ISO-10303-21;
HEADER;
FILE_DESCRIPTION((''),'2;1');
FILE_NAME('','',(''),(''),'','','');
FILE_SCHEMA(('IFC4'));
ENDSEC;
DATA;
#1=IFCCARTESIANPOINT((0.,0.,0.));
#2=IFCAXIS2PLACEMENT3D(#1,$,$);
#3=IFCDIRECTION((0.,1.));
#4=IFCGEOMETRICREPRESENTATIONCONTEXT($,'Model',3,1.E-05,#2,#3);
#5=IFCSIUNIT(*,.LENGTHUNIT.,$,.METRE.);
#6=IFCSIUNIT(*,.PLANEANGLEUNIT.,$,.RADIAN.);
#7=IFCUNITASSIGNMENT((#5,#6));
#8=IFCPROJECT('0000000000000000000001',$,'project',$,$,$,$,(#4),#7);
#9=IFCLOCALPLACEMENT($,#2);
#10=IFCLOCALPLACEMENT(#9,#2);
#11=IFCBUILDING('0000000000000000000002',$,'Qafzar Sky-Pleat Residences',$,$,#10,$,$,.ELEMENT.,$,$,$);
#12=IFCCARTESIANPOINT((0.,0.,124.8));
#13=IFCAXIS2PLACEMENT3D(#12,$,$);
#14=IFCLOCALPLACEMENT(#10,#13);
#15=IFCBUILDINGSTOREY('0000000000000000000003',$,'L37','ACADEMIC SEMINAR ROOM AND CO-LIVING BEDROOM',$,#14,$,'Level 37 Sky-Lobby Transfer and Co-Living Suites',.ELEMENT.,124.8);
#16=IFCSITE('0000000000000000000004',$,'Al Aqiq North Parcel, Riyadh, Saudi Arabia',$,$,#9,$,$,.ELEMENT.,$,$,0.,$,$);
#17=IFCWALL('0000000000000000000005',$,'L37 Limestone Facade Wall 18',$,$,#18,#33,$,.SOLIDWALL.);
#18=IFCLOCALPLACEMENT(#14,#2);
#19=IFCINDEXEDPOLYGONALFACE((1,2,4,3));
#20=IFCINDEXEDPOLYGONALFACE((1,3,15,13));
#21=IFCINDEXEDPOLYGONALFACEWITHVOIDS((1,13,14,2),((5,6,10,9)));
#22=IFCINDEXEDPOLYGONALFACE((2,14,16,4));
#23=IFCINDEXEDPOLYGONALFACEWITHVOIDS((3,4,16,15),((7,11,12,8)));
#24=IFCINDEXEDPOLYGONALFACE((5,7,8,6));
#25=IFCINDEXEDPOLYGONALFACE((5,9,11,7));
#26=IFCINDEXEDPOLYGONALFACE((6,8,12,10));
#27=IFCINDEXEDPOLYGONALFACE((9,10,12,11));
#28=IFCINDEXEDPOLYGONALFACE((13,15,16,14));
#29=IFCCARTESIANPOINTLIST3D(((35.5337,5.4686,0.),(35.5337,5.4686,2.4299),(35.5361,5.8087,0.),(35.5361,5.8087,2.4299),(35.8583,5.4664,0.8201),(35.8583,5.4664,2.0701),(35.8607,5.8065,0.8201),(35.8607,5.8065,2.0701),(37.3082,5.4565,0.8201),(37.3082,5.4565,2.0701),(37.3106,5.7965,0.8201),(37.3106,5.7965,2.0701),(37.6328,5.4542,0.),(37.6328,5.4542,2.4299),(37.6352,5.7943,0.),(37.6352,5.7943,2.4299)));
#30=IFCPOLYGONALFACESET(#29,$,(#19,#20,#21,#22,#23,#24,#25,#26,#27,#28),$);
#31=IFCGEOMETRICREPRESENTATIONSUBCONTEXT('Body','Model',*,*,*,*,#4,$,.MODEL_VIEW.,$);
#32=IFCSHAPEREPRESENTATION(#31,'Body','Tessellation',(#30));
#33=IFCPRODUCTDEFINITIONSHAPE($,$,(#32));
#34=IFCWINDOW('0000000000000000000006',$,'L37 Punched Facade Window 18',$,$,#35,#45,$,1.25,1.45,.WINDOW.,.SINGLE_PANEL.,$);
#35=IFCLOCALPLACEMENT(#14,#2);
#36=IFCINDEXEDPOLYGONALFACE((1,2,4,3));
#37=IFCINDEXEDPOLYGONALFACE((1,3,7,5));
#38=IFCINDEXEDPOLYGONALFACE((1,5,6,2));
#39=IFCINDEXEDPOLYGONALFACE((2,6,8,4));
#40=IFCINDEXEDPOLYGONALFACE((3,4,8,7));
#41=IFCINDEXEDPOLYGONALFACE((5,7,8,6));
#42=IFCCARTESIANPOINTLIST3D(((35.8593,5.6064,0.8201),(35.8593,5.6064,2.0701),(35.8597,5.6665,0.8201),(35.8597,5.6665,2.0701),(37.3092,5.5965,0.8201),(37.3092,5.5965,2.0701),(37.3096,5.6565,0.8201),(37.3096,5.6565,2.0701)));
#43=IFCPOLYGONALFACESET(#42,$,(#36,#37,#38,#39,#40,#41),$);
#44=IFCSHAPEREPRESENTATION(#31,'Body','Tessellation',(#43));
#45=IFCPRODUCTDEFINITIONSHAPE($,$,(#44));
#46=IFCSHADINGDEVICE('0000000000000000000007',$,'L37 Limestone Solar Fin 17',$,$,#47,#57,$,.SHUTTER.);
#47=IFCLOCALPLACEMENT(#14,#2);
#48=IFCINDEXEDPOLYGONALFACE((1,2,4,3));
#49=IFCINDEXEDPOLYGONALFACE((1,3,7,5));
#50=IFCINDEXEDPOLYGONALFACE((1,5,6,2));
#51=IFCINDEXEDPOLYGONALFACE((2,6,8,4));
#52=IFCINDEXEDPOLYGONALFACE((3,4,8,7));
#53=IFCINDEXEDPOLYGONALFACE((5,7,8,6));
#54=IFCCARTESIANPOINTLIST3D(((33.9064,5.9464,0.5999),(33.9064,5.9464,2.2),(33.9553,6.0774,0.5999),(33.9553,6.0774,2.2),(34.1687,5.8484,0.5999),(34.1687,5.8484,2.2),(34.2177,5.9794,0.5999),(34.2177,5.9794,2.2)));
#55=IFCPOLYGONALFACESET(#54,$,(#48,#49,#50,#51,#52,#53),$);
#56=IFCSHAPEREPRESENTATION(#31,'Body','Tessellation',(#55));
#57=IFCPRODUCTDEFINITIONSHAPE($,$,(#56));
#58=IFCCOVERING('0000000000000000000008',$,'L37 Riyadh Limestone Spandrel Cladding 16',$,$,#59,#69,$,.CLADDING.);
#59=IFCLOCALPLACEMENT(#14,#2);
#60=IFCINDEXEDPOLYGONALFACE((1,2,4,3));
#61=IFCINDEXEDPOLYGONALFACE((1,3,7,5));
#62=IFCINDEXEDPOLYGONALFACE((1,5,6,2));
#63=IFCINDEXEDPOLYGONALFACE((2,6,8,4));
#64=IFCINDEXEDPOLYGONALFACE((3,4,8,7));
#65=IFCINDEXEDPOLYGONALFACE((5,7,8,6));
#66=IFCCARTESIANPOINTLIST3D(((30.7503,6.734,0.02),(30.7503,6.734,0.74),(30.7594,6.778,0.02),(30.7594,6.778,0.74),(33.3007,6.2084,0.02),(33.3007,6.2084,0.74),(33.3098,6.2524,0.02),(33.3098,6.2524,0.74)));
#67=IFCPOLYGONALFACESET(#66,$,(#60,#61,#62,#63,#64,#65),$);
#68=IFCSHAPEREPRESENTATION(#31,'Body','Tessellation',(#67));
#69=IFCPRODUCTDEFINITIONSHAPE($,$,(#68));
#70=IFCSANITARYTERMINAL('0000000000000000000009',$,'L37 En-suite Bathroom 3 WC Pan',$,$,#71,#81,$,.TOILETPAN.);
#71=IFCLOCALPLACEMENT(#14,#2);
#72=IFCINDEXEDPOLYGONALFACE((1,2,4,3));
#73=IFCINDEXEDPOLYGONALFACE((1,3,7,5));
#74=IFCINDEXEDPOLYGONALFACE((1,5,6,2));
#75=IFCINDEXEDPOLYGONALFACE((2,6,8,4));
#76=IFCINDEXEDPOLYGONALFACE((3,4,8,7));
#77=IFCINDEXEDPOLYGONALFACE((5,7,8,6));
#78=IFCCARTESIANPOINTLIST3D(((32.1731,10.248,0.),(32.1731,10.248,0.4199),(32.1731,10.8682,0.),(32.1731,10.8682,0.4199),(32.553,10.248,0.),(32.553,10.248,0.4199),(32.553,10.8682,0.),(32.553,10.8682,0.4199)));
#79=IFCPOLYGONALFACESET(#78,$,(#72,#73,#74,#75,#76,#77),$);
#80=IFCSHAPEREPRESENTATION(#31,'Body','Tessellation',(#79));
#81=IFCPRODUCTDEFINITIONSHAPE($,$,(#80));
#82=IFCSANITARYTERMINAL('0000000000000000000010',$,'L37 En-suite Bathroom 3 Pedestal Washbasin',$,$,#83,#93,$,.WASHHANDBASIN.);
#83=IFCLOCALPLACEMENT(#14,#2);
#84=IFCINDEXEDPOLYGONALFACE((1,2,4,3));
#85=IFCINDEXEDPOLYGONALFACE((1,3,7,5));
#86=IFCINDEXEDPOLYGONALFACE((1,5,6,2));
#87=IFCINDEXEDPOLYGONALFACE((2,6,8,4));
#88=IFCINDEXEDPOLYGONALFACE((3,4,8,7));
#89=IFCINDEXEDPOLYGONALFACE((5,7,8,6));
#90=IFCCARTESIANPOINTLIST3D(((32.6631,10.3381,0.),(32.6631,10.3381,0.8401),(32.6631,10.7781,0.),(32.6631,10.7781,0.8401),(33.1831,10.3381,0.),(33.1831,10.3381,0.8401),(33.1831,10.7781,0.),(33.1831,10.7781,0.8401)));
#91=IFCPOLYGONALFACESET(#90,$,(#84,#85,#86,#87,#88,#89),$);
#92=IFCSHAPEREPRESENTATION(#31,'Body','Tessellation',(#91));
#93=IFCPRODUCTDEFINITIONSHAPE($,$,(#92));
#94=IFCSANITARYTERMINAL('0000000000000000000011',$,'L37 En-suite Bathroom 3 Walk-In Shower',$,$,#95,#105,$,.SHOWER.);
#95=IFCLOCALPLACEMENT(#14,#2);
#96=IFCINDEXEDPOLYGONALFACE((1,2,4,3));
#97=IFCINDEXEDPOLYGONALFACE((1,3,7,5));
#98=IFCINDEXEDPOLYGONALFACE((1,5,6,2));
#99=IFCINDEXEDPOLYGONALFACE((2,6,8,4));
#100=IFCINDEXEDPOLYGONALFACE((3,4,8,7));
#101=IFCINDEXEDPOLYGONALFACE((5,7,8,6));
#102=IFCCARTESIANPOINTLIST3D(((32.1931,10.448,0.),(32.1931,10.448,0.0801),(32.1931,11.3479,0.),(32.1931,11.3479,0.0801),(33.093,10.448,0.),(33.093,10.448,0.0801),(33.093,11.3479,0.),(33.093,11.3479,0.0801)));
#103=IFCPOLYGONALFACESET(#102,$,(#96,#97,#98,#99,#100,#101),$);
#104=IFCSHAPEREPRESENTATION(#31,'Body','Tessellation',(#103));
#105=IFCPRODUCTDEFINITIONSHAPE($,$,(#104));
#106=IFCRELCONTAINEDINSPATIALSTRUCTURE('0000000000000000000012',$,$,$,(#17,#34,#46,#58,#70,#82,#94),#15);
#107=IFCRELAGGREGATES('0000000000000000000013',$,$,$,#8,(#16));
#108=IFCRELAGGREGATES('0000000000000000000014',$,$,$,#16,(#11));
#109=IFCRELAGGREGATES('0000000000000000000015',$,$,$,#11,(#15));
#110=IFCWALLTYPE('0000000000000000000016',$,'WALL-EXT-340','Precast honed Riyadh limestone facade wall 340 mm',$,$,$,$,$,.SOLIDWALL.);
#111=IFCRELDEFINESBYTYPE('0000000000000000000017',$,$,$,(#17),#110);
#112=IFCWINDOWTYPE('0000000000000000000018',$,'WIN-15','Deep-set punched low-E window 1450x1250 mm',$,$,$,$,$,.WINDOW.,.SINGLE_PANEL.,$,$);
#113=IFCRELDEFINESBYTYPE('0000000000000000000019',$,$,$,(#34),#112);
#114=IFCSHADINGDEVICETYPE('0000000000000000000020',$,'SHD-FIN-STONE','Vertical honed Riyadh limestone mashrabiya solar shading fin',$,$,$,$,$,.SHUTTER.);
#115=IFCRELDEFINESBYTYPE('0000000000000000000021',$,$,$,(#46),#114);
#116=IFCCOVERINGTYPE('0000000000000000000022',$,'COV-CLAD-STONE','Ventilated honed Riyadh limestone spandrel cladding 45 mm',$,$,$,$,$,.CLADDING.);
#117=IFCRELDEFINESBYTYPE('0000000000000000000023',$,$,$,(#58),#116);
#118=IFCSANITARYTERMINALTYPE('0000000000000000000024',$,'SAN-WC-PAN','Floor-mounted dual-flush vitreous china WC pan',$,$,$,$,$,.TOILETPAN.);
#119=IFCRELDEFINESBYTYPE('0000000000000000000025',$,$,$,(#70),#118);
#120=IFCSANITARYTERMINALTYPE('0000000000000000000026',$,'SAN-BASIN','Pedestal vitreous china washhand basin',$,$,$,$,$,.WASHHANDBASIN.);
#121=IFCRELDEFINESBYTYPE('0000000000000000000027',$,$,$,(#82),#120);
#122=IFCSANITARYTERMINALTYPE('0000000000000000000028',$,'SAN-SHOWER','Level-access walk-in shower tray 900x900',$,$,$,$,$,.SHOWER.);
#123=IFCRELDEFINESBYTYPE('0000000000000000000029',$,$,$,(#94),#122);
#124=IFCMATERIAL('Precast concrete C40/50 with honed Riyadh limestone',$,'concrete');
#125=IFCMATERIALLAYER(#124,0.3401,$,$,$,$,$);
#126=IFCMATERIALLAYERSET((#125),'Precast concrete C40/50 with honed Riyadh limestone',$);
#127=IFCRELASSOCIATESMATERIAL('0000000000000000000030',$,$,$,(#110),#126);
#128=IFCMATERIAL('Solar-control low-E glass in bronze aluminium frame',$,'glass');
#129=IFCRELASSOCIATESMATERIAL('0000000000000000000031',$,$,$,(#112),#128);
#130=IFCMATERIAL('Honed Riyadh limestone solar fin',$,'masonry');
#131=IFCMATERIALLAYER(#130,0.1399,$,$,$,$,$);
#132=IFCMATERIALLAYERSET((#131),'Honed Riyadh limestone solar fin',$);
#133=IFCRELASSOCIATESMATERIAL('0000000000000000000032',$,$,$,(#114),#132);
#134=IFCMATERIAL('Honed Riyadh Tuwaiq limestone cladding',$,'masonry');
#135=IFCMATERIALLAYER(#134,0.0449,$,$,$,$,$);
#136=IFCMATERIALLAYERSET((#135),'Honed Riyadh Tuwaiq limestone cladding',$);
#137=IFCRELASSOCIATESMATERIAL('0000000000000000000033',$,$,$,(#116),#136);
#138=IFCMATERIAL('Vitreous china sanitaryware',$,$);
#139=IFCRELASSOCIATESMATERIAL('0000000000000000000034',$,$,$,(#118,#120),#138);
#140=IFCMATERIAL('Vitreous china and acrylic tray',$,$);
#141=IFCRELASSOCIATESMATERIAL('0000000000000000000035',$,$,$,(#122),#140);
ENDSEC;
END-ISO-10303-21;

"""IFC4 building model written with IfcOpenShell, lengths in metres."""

from ifc_helpers import new_model, si_unit, direction, frame, frame_2d, origin, origin_2d, place, context, subcontext, project, spatial, rectangle, extrude, source, transform, mapped, material, layer, layer_set, type_object, element, fill, save


model = new_model("IFC4")

# Units and contexts
model_context = context("Model", 3, precision=1e-05, world=origin(), true_north=direction((0.0, 1.0)))
body_context = subcontext(model_context, "Body", "Model", "MODEL_VIEW")
ifc_project = project(units=[si_unit("LENGTHUNIT", "METRE"), si_unit("PLANEANGLEUNIT", "RADIAN")], contexts=[model_context])

# Site, building, storey
site_placement = place(None, origin())
site = spatial("IfcSite", under=ifc_project, at=site_placement, Name="Al Aqiq North Parcel, Riyadh, Saudi Arabia", CompositionType="ELEMENT", RefElevation=0.0)
building_placement = place(site_placement, origin())
building = spatial("IfcBuilding", under=site, at=building_placement, Name="Qafzar Sky-Pleat Residences", CompositionType="ELEMENT")
storey_placement = place(building_placement, frame((0.0, 0.0, 124.8)))
storey = spatial("IfcBuildingStorey", under=building, at=storey_placement, Name="L37", Description="ACADEMIC SEMINAR ROOM AND CO-LIVING BEDROOM", LongName="Level 37 Sky-Lobby Transfer and Co-Living Suites", CompositionType="ELEMENT", Elevation=124.8)

# Shared definitions
ifc_material_1 = material(Name="Precast concrete C40/50 with honed Riyadh limestone", Category="concrete")
ifc_layer_1 = layer(ifc_material_1, 0.3401)
ifc_layer_set_1 = layer_set([ifc_layer_1], Name="Precast concrete C40/50 with honed Riyadh limestone")
wall_type_1 = type_object("IfcWallType", Name="WALL-EXT-340", Description="Precast honed Riyadh limestone facade wall 340 mm", PredefinedType="SOLIDWALL", material=ifc_layer_set_1)
ifc_material_2 = material(Name="Solar-control low-E glass in bronze aluminium frame", Category="glass")

# Wall, opening, window
wall_1_placement = place(storey_placement, frame((35.5349, 5.6387, 0.0), z_axis=(0.0, 0.0, 1.0), x_axis=(0.999976, -0.006862, 0.0)))
wall_1 = element("IfcWall", 1, at=wall_1_placement, inside=storey, type_object=wall_type_1, Name="L37 Limestone Facade Wall 18", PredefinedType="SOLIDWALL", context=body_context, shape_type="SweptSolid", body=[
    extrude(rectangle(XDim=2.0991, YDim=0.3401, at=frame_2d((1.0496, 0.0))), origin(), (0.0, 0.0, 1.0), 2.4299),
])
opening_1_placement = place(wall_1_placement, frame((0.3245, 0.0, 0.8201)))
opening_1 = element("IfcOpeningElement", 2, at=opening_1_placement, cuts=wall_1, PredefinedType="OPENING", context=body_context, shape_type="SweptSolid", body=[
    extrude(rectangle(XDim=1.45, YDim=1.25, at=frame_2d((0.7251, 0.625))), frame((0.0, 0.1802, 0.0), z_axis=(0.0, -1.0, 0.0), x_axis=(1.0, 0.0, 0.0)), (0.0, 0.0, 1.0), 0.3601),
])
window_type_1 = type_object("IfcWindowType", Name="WIN-15", Description="Deep-set punched low-E window 1450x1250 mm", PartitioningType="SINGLE_PANEL", PredefinedType="WINDOW", material=ifc_material_2)
shared_shape_1 = source(origin(), body_context, "Body", "SweptSolid", [
    extrude(rectangle(XDim=1.45, YDim=1.25, at=frame_2d((0.7251, 0.625))), frame((0.0, 0.03, 0.0), z_axis=(0.0, -1.0, 0.0), x_axis=(1.0, 0.0, 0.0)), (0.0, 0.0, 1.0), 0.0601),
])
window_1_placement = place(opening_1_placement, origin())
window_1 = element("IfcWindow", 3, at=window_1_placement, inside=storey, type_object=window_type_1, Name="L37 Punched Facade Window 18", OverallHeight=1.25, OverallWidth=1.45, PartitioningType="SINGLE_PANEL", PredefinedType="WINDOW", context=body_context, shape_type="MappedRepresentation", body=[
    mapped(shared_shape_1, transform((0.0, 0.0, 0.0), x_axis=(1.0, 0.0, 0.0), y_axis=(0.0, 1.0, 0.0), z_axis=(0.0, 0.0, 1.0), scale=1.0)),
])
fill(opening_1, window_1)

# Shading device
ifc_material_3 = material(Name="Honed Riyadh limestone solar fin", Category="masonry")
ifc_layer_2 = layer(ifc_material_3, 0.1399)
ifc_layer_set_2 = layer_set([ifc_layer_2], Name="Honed Riyadh limestone solar fin")
shading_device_type = type_object("IfcShadingDeviceType", Name="SHD-FIN-STONE", Description="Vertical honed Riyadh limestone mashrabiya solar shading fin", PredefinedType="SHUTTER", material=ifc_layer_set_2)
shared_shape_2 = source(origin(), body_context, "Body", "SweptSolid", [
    extrude(rectangle(XDim=0.1399, YDim=0.28, at=origin_2d()), origin(), (0.0, 0.0, 1.0), 1.6001),
])
shading_device_placement = place(storey_placement, frame((34.062, 5.9629, 0.5999), z_axis=(0.0, 0.0, 1.0), x_axis=(-0.349926, -0.936777, 0.0)))
element("IfcShadingDevice", 4, at=shading_device_placement, inside=storey, type_object=shading_device_type, Name="L37 Limestone Solar Fin 17", PredefinedType="SHUTTER", context=body_context, shape_type="MappedRepresentation", body=[
    mapped(shared_shape_2, transform((0.0, 0.0, 0.0), x_axis=(1.0, 0.0, 0.0), y_axis=(0.0, 1.0, 0.0), z_axis=(0.0, 0.0, 1.0), scale=1.0)),
])

# Covering
ifc_material_4 = material(Name="Honed Riyadh Tuwaiq limestone cladding", Category="masonry")
ifc_layer_3 = layer(ifc_material_4, 0.0449)
ifc_layer_set_3 = layer_set([ifc_layer_3], Name="Honed Riyadh Tuwaiq limestone cladding")
covering_type = type_object("IfcCoveringType", Name="COV-CLAD-STONE", Description="Ventilated honed Riyadh limestone spandrel cladding 45 mm", PredefinedType="CLADDING", material=ifc_layer_set_3)
shared_shape_3 = source(origin(), body_context, "Body", "SweptSolid", [
    extrude(rectangle(XDim=2.604, YDim=0.0449, at=origin_2d()), origin(), (0.0, 0.0, 1.0), 0.72),
])
covering_placement = place(storey_placement, frame((32.03, 6.4932, 0.02), z_axis=(0.0, 0.0, 1.0), x_axis=(0.979418, -0.201842, 0.0)))
element("IfcCovering", 5, at=covering_placement, inside=storey, type_object=covering_type, Name="L37 Riyadh Limestone Spandrel Cladding 16", PredefinedType="CLADDING", context=body_context, shape_type="MappedRepresentation", body=[
    mapped(shared_shape_3, transform((0.0, 0.0, 0.0), x_axis=(1.0, 0.0, 0.0), y_axis=(0.0, 1.0, 0.0), z_axis=(0.0, 0.0, 1.0), scale=1.0)),
])

# Sanitary terminals
ifc_material_5 = material(Name="Vitreous china sanitaryware")
sanitary_terminal_type_1 = type_object("IfcSanitaryTerminalType", Name="SAN-WC-PAN", Description="Floor-mounted dual-flush vitreous china WC pan", PredefinedType="TOILETPAN", material=ifc_material_5)
shared_shape_4 = source(origin(), body_context, "Body", "SweptSolid", [
    extrude(rectangle(XDim=0.3799, YDim=0.6201, at=origin_2d()), origin(), (0.0, 0.0, 1.0), 0.4199),
])
sanitary_terminal_1_placement = place(storey_placement, frame((32.363, 10.5581, 0.0), z_axis=(0.0, 0.0, 1.0), x_axis=(1.0, 0.0, 0.0)))
element("IfcSanitaryTerminal", 6, at=sanitary_terminal_1_placement, inside=storey, type_object=sanitary_terminal_type_1, Name="L37 En-suite Bathroom 3 WC Pan", PredefinedType="TOILETPAN", context=body_context, shape_type="MappedRepresentation", body=[
    mapped(shared_shape_4, transform((0.0, 0.0, 0.0), x_axis=(1.0, 0.0, 0.0), y_axis=(0.0, 1.0, 0.0), z_axis=(0.0, 0.0, 1.0), scale=1.0)),
])
sanitary_terminal_type_2 = type_object("IfcSanitaryTerminalType", Name="SAN-BASIN", Description="Pedestal vitreous china washhand basin", PredefinedType="WASHHANDBASIN", material=ifc_material_5)
shared_shape_5 = source(origin(), body_context, "Body", "SweptSolid", [
    extrude(rectangle(XDim=0.52, YDim=0.4399, at=origin_2d()), origin(), (0.0, 0.0, 1.0), 0.8401),
])
sanitary_terminal_2_placement = place(storey_placement, frame((32.9231, 10.5581, 0.0), z_axis=(0.0, 0.0, 1.0), x_axis=(1.0, 0.0, 0.0)))
element("IfcSanitaryTerminal", 7, at=sanitary_terminal_2_placement, inside=storey, type_object=sanitary_terminal_type_2, Name="L37 En-suite Bathroom 3 Pedestal Washbasin", PredefinedType="WASHHANDBASIN", context=body_context, shape_type="MappedRepresentation", body=[
    mapped(shared_shape_5, transform((0.0, 0.0, 0.0), x_axis=(1.0, 0.0, 0.0), y_axis=(0.0, 1.0, 0.0), z_axis=(0.0, 0.0, 1.0), scale=1.0)),
])
ifc_material_6 = material(Name="Vitreous china and acrylic tray")
sanitary_terminal_type_3 = type_object("IfcSanitaryTerminalType", Name="SAN-SHOWER", Description="Level-access walk-in shower tray 900x900", PredefinedType="SHOWER", material=ifc_material_6)
shared_shape_6 = source(origin(), body_context, "Body", "SweptSolid", [
    extrude(rectangle(XDim=0.8999, YDim=0.8999, at=origin_2d()), origin(), (0.0, 0.0, 1.0), 0.0801),
])
sanitary_terminal_3_placement = place(storey_placement, frame((32.6431, 10.8979, 0.0), z_axis=(0.0, 0.0, 1.0), x_axis=(1.0, 0.0, 0.0)))
element("IfcSanitaryTerminal", 8, at=sanitary_terminal_3_placement, inside=storey, type_object=sanitary_terminal_type_3, Name="L37 En-suite Bathroom 3 Walk-In Shower", PredefinedType="SHOWER", context=body_context, shape_type="MappedRepresentation", body=[
    mapped(shared_shape_6, transform((0.0, 0.0, 0.0), x_axis=(1.0, 0.0, 0.0), y_axis=(0.0, 1.0, 0.0), z_axis=(0.0, 0.0, 1.0), scale=1.0)),
])

save(model, "model.ifc")
